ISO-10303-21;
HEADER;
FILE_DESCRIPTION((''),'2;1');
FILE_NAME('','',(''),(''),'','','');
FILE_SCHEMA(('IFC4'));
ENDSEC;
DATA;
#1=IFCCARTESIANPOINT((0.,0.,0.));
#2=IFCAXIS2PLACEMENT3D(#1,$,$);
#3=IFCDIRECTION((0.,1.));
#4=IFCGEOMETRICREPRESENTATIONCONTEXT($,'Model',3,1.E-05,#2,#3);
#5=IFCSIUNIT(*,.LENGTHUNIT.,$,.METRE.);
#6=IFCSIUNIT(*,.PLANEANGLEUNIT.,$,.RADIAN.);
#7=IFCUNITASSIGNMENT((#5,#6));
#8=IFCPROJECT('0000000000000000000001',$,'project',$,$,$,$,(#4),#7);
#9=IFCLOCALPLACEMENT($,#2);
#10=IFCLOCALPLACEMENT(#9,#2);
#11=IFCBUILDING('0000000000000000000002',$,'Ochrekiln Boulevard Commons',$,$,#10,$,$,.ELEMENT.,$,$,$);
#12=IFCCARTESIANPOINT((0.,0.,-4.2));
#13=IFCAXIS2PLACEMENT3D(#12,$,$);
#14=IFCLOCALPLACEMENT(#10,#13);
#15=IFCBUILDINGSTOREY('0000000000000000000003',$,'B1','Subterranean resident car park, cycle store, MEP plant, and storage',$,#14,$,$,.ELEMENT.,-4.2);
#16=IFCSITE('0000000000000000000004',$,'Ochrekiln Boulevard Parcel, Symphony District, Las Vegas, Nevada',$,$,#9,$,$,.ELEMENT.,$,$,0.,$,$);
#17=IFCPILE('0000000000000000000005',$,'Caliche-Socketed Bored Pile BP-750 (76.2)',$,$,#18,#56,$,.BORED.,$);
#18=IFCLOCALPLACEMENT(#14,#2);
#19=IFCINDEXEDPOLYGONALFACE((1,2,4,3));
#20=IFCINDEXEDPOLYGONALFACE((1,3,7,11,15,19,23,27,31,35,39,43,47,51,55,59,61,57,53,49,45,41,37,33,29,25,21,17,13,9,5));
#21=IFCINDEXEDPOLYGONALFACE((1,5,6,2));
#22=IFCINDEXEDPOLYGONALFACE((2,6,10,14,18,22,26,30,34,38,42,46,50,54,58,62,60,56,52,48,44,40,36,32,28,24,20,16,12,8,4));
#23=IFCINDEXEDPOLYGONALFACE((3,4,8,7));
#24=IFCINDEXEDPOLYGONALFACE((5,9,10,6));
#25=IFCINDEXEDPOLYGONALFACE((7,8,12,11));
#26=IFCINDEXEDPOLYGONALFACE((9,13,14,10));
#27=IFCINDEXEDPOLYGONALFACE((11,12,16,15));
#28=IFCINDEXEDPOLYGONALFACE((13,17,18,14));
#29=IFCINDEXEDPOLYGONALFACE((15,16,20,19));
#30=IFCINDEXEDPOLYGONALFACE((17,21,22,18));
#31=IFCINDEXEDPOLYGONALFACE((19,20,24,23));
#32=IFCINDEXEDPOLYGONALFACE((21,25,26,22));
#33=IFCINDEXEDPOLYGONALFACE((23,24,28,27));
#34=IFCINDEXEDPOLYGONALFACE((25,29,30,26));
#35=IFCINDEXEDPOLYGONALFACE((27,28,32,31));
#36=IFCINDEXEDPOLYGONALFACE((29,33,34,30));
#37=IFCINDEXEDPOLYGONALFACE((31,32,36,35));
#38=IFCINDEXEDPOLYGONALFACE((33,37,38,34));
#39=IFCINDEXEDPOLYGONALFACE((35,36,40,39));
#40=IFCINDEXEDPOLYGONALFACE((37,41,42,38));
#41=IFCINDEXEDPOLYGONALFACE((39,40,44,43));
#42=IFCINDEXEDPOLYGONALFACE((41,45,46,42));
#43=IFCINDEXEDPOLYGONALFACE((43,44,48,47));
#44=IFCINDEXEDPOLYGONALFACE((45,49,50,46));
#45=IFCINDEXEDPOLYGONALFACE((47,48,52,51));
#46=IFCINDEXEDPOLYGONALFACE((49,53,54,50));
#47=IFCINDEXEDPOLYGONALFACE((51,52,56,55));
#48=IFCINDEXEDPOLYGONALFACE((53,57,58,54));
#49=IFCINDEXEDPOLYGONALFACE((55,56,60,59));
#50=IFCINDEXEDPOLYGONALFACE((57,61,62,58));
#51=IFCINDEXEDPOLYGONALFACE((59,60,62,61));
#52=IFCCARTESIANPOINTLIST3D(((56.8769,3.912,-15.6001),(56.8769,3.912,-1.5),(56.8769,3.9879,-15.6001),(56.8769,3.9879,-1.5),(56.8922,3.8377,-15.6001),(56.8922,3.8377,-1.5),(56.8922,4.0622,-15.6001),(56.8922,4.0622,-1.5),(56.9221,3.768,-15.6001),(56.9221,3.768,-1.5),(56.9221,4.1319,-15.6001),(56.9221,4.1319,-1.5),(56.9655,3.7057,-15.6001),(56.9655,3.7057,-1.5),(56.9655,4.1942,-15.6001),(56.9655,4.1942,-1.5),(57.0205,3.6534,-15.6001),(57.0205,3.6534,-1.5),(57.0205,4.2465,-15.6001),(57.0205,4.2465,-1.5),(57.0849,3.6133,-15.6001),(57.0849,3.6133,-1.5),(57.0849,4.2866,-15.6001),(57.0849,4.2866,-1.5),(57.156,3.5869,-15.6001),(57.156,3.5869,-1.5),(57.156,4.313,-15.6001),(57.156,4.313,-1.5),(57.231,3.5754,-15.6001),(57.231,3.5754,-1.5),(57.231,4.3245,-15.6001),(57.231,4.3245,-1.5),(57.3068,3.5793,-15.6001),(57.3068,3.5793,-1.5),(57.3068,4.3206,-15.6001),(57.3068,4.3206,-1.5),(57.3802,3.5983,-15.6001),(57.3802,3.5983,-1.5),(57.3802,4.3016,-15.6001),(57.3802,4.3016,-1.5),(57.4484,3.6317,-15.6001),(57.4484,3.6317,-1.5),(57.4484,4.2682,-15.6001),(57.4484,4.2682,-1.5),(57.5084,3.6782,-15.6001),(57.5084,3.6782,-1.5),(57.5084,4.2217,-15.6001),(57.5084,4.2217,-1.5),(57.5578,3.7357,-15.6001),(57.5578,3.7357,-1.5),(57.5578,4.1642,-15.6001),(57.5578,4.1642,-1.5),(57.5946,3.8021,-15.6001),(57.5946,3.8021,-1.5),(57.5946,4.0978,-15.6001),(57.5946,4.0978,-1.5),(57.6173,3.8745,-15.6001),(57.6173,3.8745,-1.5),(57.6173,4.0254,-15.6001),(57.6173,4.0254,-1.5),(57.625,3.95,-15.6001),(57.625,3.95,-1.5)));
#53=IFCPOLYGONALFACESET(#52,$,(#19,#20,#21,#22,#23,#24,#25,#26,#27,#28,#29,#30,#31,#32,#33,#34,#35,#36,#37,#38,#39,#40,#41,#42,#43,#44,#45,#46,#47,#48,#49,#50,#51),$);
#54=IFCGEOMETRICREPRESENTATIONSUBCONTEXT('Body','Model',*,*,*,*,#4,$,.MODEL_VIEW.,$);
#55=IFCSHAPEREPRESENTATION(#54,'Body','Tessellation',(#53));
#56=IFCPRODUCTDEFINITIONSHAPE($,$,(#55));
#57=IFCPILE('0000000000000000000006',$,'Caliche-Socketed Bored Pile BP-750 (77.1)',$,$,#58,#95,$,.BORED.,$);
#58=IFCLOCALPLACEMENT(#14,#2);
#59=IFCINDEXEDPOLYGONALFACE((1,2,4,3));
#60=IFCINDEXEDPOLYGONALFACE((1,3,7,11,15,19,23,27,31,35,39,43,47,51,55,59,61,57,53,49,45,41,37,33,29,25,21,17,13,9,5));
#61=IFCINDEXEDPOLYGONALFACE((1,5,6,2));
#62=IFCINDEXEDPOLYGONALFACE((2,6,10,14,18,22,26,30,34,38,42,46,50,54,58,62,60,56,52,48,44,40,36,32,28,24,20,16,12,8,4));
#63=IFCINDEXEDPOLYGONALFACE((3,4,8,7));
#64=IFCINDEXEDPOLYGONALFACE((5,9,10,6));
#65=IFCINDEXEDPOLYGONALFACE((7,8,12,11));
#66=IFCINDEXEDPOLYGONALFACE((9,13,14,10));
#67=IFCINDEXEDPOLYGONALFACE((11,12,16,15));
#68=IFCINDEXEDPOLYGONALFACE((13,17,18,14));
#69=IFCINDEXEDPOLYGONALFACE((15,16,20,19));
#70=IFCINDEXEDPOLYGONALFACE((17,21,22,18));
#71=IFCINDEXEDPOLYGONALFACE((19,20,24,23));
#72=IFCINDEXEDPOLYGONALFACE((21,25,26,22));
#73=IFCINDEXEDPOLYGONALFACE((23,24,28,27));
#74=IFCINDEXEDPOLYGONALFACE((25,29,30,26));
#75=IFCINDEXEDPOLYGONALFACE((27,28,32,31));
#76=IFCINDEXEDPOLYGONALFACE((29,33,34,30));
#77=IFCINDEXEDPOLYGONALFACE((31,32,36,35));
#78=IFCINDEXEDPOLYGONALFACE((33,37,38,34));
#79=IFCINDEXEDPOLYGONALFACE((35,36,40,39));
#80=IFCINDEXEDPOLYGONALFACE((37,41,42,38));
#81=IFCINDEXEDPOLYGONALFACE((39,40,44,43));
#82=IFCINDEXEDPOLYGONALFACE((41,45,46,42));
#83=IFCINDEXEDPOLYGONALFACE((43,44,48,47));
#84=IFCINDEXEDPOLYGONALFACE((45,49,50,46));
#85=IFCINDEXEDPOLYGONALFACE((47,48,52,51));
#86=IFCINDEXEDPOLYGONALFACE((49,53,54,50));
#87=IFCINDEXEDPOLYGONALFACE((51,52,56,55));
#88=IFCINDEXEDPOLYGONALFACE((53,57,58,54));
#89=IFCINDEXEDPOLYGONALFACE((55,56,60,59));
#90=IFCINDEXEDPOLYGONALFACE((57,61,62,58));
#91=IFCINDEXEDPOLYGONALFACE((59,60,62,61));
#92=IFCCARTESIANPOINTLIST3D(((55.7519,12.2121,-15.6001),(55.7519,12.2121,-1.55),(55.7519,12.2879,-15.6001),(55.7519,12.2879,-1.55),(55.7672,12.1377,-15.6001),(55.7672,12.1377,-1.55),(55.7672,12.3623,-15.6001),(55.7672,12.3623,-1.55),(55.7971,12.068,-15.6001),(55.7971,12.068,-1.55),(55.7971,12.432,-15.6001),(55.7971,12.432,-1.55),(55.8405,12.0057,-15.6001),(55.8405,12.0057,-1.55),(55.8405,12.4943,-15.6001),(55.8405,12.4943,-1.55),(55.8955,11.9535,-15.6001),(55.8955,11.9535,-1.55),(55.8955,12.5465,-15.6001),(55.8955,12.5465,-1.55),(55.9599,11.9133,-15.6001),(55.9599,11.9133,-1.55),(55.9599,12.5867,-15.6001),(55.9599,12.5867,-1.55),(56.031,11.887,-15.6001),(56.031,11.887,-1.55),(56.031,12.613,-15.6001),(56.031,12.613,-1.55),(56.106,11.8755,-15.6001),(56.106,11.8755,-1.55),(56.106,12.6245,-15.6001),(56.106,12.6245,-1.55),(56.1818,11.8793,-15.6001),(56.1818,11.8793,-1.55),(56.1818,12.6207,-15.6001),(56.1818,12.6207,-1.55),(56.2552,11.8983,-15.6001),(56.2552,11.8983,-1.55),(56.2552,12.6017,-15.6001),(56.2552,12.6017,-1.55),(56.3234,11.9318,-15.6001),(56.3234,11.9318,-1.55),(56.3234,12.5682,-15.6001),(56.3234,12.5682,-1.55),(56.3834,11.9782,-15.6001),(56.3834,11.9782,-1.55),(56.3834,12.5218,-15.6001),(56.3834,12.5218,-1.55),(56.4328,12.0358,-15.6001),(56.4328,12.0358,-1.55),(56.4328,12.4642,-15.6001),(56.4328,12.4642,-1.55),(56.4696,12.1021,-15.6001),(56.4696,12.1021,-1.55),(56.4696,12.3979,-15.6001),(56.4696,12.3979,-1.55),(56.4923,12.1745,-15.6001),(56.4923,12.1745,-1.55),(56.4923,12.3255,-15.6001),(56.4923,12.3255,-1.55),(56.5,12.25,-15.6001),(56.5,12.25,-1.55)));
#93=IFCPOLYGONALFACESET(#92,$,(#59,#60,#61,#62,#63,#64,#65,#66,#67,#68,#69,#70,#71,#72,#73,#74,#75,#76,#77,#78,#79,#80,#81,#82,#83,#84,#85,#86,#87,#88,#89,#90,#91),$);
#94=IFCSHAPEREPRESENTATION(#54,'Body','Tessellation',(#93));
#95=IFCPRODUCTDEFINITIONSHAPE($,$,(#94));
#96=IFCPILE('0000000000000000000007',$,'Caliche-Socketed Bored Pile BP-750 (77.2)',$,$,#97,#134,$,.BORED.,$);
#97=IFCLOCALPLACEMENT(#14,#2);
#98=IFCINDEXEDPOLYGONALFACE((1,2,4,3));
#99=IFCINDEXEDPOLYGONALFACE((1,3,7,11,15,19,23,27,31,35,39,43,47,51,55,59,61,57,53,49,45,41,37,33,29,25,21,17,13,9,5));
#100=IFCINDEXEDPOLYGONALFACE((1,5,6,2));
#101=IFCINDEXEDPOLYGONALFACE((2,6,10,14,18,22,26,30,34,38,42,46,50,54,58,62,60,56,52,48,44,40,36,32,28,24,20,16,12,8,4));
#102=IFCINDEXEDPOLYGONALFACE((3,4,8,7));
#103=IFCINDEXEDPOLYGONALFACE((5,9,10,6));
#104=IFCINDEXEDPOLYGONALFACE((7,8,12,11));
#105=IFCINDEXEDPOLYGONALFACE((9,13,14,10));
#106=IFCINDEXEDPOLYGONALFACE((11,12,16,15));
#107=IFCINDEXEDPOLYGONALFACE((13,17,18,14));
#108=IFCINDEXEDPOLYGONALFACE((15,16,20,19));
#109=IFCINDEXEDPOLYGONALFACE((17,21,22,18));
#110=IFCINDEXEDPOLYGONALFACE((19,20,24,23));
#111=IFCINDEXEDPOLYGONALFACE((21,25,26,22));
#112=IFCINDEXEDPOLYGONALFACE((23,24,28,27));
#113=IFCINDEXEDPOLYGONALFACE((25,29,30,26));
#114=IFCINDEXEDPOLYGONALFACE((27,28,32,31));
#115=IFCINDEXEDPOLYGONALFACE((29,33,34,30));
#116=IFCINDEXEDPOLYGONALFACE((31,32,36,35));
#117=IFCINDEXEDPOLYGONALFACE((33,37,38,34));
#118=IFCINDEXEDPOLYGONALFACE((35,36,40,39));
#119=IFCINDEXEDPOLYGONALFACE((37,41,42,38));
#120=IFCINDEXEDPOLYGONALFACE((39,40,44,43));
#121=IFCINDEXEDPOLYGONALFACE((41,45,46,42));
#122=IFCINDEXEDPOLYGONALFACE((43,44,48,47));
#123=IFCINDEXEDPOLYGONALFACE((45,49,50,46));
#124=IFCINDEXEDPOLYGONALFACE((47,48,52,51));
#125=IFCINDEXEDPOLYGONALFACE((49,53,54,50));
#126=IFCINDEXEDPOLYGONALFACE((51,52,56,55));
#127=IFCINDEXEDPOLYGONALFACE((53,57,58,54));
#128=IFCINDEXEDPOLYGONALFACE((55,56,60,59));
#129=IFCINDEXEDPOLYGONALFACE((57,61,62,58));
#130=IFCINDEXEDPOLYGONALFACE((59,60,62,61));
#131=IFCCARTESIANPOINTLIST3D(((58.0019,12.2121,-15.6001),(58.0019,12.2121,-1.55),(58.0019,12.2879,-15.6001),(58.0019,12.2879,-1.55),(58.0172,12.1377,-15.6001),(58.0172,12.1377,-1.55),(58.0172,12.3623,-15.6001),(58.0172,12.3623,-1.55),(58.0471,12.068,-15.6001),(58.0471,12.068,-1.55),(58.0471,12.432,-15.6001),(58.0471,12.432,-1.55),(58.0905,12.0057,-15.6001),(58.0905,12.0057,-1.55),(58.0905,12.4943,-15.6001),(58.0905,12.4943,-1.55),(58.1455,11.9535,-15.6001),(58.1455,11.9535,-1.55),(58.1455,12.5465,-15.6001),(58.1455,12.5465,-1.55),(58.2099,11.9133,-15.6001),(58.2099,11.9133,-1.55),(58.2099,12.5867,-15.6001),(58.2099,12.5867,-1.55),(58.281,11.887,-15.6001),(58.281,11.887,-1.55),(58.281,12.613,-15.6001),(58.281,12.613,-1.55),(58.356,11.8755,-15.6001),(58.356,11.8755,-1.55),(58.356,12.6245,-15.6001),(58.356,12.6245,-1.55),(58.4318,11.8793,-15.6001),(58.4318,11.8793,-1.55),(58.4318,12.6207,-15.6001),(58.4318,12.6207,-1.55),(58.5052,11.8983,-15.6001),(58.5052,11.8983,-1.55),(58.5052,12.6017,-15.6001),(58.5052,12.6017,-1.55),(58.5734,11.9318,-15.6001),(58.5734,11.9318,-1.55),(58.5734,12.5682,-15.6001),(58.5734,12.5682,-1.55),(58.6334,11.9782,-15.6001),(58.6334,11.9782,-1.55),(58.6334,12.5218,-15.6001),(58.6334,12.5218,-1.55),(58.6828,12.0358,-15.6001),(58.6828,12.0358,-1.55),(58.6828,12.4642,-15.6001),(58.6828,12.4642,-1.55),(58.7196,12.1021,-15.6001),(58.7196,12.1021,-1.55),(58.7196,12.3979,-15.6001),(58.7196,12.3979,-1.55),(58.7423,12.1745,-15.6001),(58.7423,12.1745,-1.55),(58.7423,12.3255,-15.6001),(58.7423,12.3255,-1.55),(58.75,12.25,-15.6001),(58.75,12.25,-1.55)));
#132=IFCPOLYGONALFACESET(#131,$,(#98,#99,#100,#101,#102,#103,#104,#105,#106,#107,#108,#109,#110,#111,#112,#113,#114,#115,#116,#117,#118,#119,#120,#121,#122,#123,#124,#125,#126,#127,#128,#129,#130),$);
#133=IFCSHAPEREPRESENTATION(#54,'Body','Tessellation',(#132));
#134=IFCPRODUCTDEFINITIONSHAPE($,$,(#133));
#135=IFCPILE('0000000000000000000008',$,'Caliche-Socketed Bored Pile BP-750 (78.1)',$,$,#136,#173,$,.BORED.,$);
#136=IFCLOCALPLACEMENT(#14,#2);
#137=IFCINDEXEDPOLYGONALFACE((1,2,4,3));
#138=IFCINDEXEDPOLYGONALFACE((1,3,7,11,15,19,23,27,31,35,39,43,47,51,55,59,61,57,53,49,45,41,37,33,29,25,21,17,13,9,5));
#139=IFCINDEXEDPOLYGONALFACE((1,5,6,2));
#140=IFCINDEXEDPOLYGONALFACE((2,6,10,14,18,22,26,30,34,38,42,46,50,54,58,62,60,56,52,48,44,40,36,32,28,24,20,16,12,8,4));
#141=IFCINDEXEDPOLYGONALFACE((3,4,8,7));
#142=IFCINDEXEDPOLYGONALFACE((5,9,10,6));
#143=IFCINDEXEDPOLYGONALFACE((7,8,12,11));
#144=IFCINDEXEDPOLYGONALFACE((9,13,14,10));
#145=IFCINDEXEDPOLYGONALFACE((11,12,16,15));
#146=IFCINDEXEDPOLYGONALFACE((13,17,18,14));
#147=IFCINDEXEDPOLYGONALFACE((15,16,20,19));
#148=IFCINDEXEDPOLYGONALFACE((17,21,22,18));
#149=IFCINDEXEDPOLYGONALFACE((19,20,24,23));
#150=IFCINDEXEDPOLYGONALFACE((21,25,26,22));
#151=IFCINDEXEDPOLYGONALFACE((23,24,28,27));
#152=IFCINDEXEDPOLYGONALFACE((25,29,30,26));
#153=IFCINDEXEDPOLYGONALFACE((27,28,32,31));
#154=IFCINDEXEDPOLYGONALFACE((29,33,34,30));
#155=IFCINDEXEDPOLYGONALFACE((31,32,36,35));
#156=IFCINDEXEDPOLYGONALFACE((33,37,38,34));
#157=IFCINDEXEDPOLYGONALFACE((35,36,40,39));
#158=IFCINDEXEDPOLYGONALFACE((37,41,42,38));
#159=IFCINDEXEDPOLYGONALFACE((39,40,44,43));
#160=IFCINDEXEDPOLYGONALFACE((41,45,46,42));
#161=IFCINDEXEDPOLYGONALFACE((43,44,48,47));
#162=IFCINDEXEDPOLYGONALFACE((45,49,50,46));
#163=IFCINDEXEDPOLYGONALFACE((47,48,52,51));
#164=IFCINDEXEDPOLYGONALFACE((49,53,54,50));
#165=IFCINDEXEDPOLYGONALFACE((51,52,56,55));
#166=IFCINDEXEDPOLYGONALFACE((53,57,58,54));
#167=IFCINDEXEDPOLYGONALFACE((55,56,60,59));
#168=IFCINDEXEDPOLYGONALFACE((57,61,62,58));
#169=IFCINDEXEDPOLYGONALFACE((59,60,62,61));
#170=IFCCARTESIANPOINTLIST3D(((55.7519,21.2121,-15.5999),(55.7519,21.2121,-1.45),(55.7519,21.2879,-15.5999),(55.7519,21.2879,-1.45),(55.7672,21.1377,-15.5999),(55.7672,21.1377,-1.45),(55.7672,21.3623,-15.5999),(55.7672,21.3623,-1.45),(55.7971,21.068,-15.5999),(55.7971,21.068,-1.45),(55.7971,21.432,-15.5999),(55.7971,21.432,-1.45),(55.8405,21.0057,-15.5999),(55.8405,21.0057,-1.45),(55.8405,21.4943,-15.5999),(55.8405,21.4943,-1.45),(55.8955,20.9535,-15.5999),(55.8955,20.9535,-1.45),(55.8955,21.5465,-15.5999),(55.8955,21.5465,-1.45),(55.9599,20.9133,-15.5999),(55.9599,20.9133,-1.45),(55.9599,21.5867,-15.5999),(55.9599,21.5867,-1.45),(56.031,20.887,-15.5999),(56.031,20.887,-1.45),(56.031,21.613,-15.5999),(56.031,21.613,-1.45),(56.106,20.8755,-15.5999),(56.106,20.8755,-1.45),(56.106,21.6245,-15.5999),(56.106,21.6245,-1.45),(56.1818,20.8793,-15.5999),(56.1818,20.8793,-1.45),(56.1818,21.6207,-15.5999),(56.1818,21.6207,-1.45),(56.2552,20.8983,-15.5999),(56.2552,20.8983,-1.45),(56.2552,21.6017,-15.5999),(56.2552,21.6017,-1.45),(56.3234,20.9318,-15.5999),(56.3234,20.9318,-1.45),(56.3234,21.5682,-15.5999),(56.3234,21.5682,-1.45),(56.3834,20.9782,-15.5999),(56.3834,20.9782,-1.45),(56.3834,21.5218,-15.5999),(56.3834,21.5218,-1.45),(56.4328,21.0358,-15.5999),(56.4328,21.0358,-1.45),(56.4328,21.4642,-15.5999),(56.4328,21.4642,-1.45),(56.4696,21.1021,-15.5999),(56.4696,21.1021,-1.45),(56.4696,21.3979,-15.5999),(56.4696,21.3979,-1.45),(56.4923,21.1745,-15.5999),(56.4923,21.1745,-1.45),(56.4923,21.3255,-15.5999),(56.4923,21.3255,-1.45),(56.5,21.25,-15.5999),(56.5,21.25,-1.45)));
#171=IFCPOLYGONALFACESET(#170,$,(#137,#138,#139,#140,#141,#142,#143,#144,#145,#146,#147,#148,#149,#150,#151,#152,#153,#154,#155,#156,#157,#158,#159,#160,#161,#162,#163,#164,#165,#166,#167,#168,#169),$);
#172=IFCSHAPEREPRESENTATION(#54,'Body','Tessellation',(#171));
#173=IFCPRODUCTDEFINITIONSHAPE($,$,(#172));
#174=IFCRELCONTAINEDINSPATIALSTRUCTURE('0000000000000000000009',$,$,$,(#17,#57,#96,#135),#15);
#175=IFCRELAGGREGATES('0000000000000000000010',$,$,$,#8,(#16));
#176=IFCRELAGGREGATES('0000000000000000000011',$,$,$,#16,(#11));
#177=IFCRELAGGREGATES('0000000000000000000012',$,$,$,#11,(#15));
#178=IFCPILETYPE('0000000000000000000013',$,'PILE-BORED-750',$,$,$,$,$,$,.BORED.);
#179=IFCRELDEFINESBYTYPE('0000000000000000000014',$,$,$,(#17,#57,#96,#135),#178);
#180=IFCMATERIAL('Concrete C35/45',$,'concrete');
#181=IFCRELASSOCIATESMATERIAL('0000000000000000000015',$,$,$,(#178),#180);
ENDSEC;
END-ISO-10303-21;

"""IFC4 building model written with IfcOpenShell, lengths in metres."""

from ifc_helpers import new_model, si_unit, direction, frame, origin, origin_2d, place, context, subcontext, project, spatial, circle, extrude, material, material_profile, profile_set, type_object, element, save


model = new_model("IFC4")

# Units and contexts
model_context = context("Model", 3, precision=1e-05, world=origin(), true_north=direction((0.0, 1.0)))
body_context = subcontext(model_context, "Body", "Model", "MODEL_VIEW")
ifc_project = project(units=[si_unit("LENGTHUNIT", "METRE"), si_unit("PLANEANGLEUNIT", "RADIAN")], contexts=[model_context])

# Site, building, storey
site_placement = place(None, origin())
site = spatial("IfcSite", under=ifc_project, at=site_placement, Name="Ochrekiln Boulevard Parcel, Symphony District, Las Vegas, Nevada", CompositionType="ELEMENT", RefElevation=0.0)
building_placement = place(site_placement, origin())
building = spatial("IfcBuilding", under=site, at=building_placement, Name="Ochrekiln Boulevard Commons", CompositionType="ELEMENT")
storey_placement = place(building_placement, frame((0.0, 0.0, -4.2)))
storey = spatial("IfcBuildingStorey", under=building, at=storey_placement, Name="B1", Description="Subterranean resident car park, cycle store, MEP plant, and storage", CompositionType="ELEMENT", Elevation=-4.2)

# Shared definitions
ifc_material_1 = material(Name="Concrete C35/45", Category="concrete")

# Piles
ifc_material_profile_1 = material_profile(ifc_material_1, circle(Radius=0.375, at=origin_2d()), Name="PILE-D750")
ifc_profile_set_1 = profile_set([ifc_material_profile_1], Name="Concrete C35/45")
pile_type = type_object("IfcPileType", Name="PILE-BORED-750", PredefinedType="BORED", material=ifc_profile_set_1)
for number, where, z_axis, x_axis, name in (
    (1, (57.25, 3.95, -1.5), (0.0, 0.0, -1.0), (1.0, 0.0, 0.0), "Caliche-Socketed Bored Pile BP-750 (76.2)"),
):
    element("IfcPile", number, at=place(storey_placement, frame(where, z_axis=z_axis, x_axis=x_axis)), inside=storey, type_object=pile_type, Name=name, PredefinedType="BORED", context=body_context, shape_type="SweptSolid", body=[
        extrude(circle(Radius=0.375, at=origin_2d()), origin(), (0.0, 0.0, 1.0), 14.1001),
    ])
for number, where, z_axis, x_axis, name in (
    (2, (56.125, 12.25, -1.55), (0.0, 0.0, -1.0), (1.0, 0.0, 0.0), "Caliche-Socketed Bored Pile BP-750 (77.1)"),
    (3, (58.375, 12.25, -1.55), (0.0, 0.0, -1.0), (1.0, 0.0, 0.0), "Caliche-Socketed Bored Pile BP-750 (77.2)"),
):
    element("IfcPile", number, at=place(storey_placement, frame(where, z_axis=z_axis, x_axis=x_axis)), inside=storey, type_object=pile_type, Name=name, PredefinedType="BORED", context=body_context, shape_type="SweptSolid", body=[
        extrude(circle(Radius=0.375, at=origin_2d()), origin(), (0.0, 0.0, 1.0), 14.05),
    ])
pile_1_placement = place(storey_placement, frame((56.125, 21.25, -1.45), z_axis=(0.0, 0.0, -1.0), x_axis=(1.0, 0.0, 0.0)))
element("IfcPile", 4, at=pile_1_placement, inside=storey, type_object=pile_type, Name="Caliche-Socketed Bored Pile BP-750 (78.1)", PredefinedType="BORED", context=body_context, shape_type="SweptSolid", body=[
    extrude(circle(Radius=0.375, at=origin_2d()), origin(), (0.0, 0.0, 1.0), 14.1499),
])

save(model, "model.ifc")
